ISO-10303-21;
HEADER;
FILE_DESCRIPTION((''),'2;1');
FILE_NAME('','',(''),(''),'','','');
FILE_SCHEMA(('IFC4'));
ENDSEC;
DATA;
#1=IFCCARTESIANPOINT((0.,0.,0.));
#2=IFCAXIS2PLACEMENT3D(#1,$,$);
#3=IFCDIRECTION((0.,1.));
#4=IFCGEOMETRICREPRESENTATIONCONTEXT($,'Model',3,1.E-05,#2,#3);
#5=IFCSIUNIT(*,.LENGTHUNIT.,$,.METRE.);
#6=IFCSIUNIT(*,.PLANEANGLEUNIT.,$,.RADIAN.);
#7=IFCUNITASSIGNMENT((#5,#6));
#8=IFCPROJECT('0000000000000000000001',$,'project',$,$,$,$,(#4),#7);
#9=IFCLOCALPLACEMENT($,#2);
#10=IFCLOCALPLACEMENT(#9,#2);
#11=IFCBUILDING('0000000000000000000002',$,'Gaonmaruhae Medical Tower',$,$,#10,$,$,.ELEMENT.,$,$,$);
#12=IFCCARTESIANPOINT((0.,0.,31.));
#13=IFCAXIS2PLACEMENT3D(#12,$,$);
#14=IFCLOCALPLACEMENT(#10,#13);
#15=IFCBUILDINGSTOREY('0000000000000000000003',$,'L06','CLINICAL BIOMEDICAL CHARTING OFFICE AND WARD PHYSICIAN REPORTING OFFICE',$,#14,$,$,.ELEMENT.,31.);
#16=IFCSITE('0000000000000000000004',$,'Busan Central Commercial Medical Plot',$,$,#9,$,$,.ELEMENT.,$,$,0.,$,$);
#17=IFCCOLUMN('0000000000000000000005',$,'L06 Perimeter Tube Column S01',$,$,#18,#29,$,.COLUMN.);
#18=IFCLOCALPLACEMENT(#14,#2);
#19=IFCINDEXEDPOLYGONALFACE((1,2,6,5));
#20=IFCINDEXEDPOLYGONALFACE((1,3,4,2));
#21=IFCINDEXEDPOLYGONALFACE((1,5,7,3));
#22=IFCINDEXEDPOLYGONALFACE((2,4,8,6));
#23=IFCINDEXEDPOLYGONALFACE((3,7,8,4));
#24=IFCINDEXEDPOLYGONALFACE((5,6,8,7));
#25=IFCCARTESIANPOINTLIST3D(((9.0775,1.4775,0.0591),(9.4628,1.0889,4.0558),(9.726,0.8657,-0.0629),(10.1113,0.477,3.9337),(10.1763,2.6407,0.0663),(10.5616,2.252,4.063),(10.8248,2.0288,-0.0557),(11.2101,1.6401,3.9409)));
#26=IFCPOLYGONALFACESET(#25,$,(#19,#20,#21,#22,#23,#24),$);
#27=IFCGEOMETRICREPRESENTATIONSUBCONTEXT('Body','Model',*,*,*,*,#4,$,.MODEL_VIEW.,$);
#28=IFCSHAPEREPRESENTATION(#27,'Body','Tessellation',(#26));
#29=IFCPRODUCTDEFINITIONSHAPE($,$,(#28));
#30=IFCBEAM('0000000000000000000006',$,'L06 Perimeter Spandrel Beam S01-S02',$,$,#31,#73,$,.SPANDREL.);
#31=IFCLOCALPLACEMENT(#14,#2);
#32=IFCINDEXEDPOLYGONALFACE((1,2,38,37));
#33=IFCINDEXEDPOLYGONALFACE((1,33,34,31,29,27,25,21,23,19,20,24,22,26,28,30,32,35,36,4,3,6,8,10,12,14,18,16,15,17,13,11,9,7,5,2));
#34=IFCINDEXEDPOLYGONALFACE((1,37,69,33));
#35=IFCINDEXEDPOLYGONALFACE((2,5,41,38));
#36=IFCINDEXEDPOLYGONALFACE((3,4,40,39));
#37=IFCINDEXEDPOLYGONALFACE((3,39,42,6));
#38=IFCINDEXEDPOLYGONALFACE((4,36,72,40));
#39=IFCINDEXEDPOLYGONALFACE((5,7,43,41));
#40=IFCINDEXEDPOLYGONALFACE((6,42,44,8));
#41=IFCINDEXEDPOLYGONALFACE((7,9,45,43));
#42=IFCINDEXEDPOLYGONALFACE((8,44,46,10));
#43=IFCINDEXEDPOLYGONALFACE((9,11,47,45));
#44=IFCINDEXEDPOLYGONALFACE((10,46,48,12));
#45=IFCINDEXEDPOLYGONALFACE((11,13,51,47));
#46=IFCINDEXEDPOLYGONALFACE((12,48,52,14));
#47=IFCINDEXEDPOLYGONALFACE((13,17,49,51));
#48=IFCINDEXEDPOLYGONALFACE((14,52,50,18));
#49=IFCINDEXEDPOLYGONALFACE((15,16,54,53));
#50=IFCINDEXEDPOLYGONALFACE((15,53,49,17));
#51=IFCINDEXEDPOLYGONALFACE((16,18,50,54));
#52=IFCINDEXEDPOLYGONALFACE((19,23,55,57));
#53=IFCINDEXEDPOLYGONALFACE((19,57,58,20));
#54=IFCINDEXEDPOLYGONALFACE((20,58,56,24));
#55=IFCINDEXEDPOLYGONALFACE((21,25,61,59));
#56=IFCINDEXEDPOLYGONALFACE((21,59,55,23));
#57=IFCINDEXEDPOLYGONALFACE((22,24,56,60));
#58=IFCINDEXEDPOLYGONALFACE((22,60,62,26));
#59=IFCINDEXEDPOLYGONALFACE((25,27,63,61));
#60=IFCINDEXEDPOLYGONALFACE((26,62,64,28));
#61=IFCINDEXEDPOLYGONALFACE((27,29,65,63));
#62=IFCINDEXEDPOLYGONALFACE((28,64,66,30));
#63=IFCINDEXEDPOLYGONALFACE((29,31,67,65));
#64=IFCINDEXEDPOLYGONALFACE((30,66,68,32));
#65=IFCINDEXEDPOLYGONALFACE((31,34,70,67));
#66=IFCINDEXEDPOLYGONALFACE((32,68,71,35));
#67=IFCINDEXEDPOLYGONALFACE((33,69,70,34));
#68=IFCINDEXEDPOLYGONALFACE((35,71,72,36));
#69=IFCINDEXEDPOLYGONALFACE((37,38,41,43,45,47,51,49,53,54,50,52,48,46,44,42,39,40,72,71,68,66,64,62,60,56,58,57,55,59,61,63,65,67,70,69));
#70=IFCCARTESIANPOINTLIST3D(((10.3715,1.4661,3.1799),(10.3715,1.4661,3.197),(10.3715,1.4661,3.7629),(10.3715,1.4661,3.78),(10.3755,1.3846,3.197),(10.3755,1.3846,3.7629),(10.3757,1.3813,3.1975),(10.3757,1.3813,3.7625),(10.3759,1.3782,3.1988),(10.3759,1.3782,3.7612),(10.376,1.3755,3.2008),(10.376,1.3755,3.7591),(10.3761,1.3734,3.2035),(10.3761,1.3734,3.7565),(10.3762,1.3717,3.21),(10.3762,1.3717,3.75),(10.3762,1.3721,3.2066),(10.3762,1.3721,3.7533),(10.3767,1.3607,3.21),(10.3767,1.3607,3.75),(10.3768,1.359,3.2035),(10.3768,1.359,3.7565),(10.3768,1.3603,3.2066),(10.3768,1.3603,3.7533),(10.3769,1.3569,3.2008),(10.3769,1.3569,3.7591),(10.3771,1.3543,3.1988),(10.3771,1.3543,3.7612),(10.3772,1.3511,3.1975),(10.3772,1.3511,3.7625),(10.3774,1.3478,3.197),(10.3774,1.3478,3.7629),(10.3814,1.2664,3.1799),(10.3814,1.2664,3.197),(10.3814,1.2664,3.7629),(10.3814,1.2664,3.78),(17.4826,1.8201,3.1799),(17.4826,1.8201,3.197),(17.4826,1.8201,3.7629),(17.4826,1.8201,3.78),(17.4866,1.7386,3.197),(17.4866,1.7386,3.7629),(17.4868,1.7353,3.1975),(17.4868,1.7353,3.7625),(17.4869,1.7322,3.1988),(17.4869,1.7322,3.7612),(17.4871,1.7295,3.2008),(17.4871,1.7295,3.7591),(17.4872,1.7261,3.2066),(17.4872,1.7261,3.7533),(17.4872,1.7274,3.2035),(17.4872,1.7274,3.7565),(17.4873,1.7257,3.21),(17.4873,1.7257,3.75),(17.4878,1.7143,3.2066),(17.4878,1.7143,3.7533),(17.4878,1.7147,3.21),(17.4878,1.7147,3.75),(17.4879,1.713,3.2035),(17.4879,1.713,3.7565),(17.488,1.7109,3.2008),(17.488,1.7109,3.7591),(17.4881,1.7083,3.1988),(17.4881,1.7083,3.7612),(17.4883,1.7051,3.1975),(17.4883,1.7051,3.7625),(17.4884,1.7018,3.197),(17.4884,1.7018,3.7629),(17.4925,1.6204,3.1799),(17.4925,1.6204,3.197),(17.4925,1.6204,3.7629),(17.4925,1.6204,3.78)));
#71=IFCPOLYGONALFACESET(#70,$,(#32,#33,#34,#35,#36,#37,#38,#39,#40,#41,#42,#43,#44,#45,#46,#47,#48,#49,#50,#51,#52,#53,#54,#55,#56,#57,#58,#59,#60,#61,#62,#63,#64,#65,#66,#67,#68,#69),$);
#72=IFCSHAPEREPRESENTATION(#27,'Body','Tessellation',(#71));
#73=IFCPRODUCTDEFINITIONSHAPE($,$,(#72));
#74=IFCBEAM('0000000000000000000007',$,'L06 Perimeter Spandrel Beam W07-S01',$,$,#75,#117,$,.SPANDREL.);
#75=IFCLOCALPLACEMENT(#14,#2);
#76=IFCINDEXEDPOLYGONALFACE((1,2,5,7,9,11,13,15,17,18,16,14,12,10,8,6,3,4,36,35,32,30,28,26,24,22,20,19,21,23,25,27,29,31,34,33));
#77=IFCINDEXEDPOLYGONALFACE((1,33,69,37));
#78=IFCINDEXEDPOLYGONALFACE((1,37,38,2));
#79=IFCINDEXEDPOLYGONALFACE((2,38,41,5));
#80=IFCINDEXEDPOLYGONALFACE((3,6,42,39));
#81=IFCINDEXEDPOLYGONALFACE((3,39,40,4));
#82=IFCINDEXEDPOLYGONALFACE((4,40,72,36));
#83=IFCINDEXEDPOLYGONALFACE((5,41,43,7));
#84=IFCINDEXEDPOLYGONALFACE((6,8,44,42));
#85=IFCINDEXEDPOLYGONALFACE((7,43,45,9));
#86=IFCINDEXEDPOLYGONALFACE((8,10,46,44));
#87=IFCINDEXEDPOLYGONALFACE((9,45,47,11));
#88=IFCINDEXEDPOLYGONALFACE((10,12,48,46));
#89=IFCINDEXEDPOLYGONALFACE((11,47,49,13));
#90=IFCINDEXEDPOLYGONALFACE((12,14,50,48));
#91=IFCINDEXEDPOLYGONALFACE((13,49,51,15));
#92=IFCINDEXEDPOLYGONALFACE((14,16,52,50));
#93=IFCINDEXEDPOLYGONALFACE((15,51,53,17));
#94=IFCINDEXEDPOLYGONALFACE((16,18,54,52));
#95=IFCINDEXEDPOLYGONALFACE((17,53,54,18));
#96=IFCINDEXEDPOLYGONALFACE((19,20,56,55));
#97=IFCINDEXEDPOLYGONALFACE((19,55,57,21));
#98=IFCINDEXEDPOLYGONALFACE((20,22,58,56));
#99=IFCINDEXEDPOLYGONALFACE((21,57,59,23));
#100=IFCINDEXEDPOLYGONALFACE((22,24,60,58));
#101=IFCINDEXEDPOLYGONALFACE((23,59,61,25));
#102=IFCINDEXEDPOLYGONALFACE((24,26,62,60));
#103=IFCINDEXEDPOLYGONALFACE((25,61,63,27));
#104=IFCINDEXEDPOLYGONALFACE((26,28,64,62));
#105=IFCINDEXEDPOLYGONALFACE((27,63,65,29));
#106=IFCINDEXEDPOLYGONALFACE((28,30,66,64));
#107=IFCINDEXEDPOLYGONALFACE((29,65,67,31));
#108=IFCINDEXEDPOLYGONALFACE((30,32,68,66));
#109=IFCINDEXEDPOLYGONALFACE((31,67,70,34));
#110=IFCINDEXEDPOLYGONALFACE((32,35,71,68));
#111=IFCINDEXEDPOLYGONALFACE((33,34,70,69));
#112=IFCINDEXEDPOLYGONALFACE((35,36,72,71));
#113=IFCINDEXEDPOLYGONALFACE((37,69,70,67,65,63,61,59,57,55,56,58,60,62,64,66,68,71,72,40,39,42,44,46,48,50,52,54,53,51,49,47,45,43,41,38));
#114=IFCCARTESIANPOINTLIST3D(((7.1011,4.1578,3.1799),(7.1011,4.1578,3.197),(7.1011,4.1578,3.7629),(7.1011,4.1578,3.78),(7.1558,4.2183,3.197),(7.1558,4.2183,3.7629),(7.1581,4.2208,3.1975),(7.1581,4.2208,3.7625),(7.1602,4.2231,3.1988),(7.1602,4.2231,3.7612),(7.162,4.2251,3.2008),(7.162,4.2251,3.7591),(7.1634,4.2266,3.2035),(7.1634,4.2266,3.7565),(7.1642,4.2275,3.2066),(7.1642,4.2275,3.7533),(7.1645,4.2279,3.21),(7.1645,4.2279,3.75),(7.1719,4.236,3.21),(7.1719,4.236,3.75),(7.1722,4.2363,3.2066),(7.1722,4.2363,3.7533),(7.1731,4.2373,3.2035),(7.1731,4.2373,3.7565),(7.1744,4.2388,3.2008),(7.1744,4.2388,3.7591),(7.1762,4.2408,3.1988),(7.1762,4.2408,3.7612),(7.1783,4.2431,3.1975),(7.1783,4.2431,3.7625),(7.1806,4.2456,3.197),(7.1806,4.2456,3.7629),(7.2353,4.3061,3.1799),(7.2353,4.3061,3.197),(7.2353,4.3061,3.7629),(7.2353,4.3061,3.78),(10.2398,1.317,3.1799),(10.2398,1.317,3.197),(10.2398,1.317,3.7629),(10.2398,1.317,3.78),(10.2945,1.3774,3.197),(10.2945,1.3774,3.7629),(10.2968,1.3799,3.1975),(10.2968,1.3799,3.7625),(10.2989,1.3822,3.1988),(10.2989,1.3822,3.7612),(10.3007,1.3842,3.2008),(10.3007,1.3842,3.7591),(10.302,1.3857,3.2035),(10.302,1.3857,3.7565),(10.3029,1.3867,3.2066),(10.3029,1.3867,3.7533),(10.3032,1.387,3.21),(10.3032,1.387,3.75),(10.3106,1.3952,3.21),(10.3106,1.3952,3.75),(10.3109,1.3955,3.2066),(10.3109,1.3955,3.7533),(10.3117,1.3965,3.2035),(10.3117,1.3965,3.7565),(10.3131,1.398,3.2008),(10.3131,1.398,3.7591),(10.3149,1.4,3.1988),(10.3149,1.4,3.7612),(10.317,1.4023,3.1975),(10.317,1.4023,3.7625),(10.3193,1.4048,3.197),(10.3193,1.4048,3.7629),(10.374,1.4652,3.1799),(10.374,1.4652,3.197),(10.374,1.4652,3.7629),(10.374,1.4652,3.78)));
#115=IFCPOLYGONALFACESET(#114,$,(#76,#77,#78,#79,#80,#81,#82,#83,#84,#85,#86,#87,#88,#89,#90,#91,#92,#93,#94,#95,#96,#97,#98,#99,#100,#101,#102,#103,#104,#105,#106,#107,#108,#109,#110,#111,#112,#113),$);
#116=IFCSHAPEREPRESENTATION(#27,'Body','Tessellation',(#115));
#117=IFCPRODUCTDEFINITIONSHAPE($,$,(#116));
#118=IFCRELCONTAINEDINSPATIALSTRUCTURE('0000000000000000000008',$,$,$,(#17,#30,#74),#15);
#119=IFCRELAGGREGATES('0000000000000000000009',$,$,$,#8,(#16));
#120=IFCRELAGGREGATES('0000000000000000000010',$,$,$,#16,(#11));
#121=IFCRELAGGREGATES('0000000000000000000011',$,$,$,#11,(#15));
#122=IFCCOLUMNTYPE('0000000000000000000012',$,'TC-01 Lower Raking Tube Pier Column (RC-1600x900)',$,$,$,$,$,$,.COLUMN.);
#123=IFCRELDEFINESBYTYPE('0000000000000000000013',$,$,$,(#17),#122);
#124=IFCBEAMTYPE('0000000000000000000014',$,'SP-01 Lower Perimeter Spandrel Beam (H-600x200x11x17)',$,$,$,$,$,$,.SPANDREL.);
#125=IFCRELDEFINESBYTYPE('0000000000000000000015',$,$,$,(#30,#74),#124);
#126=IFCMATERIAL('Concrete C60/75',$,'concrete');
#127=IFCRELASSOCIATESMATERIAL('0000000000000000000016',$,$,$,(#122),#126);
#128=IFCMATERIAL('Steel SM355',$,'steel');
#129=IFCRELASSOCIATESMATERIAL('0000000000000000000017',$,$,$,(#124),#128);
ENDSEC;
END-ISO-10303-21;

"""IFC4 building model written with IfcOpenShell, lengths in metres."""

from ifc_helpers import new_model, si_unit, direction, frame, origin, origin_2d, place, context, subcontext, project, spatial, rectangle, i_section, extrude, material, material_profile, profile_set, type_object, element, save


model = new_model("IFC4")

# Units and contexts
model_context = context("Model", 3, precision=1e-05, world=origin(), true_north=direction((0.0, 1.0)))
body_context = subcontext(model_context, "Body", "Model", "MODEL_VIEW")
ifc_project = project(units=[si_unit("LENGTHUNIT", "METRE"), si_unit("PLANEANGLEUNIT", "RADIAN")], contexts=[model_context])

# Site, building, storey
site_placement = place(None, origin())
site = spatial("IfcSite", under=ifc_project, at=site_placement, Name="Busan Central Commercial Medical Plot", CompositionType="ELEMENT", RefElevation=0.0)
building_placement = place(site_placement, origin())
building = spatial("IfcBuilding", under=site, at=building_placement, Name="Gaonmaruhae Medical Tower", CompositionType="ELEMENT")
storey_placement = place(building_placement, frame((0.0, 0.0, 31.0)))
storey = spatial("IfcBuildingStorey", under=building, at=storey_placement, Name="L06", Description="CLINICAL BIOMEDICAL CHARTING OFFICE AND WARD PHYSICIAN REPORTING OFFICE", CompositionType="ELEMENT", Elevation=31.0)

# Column
ifc_material_1 = material(Name="Concrete C60/75", Category="concrete")
ifc_material_profile_1 = material_profile(ifc_material_1, rectangle(XDim=1.6001, YDim=0.8999, at=origin_2d()), Name="RC-1600x900")
ifc_profile_set_1 = profile_set([ifc_material_profile_1], Name="Concrete C60/75")
column_type = type_object("IfcColumnType", Name="TC-01 Lower Raking Tube Pier Column (RC-1600x900)", PredefinedType="COLUMN", material=ifc_profile_set_1)
column_placement = place(storey_placement, frame((9.9512, 1.7532, 0.0017), z_axis=(0.095505, -0.096352, 0.990755), x_axis=(0.686708, 0.72692, 0.004498)))
element("IfcColumn", 1, at=column_placement, inside=storey, type_object=column_type, Name="L06 Perimeter Tube Column S01", PredefinedType="COLUMN", context=body_context, shape_type="SweptSolid", body=[
    extrude(rectangle(XDim=1.6001, YDim=0.8999, at=origin_2d()), origin(), (0.0, 0.0, 1.0), 4.0339),
])

# Beams
ifc_material_2 = material(Name="Steel SM355", Category="steel")
ifc_material_profile_2 = material_profile(ifc_material_2, i_section(OverallWidth=0.2, OverallDepth=0.6001, WebThickness=0.011, FlangeThickness=0.0171, FilletRadius=0.0129, at=origin_2d()), Name="H-600x200x11x17")
ifc_profile_set_2 = profile_set([ifc_material_profile_2], Name="Steel SM355")
beam_type = type_object("IfcBeamType", Name="SP-01 Lower Perimeter Spandrel Beam (H-600x200x11x17)", PredefinedType="SPANDREL", material=ifc_profile_set_2)
beam_1_placement = place(storey_placement, frame((10.3765, 1.3662, 3.48), z_axis=(0.998763, 0.04972, 0.0), x_axis=(-0.04972, 0.998763, 0.0)))
element("IfcBeam", 2, at=beam_1_placement, inside=storey, type_object=beam_type, Name="L06 Perimeter Spandrel Beam S01-S02", PredefinedType="SPANDREL", context=body_context, shape_type="SweptSolid", body=[
    extrude(i_section(OverallWidth=0.2, OverallDepth=0.6001, WebThickness=0.011, FlangeThickness=0.0171, FilletRadius=0.0129, at=origin_2d()), origin(), (0.0, 0.0, 1.0), 7.1199),
])
beam_2_placement = place(storey_placement, frame((7.1682, 4.2319, 3.48), z_axis=(0.74141, -0.671052, 0.0), x_axis=(0.671052, 0.74141, 0.0)))
element("IfcBeam", 3, at=beam_2_placement, inside=storey, type_object=beam_type, Name="L06 Perimeter Spandrel Beam W07-S01", PredefinedType="SPANDREL", context=body_context, shape_type="SweptSolid", body=[
    extrude(i_section(OverallWidth=0.2, OverallDepth=0.6001, WebThickness=0.011, FlangeThickness=0.0171, FilletRadius=0.0129, at=origin_2d()), origin(), (0.0, 0.0, 1.0), 4.2334),
])

save(model, "model.ifc")
